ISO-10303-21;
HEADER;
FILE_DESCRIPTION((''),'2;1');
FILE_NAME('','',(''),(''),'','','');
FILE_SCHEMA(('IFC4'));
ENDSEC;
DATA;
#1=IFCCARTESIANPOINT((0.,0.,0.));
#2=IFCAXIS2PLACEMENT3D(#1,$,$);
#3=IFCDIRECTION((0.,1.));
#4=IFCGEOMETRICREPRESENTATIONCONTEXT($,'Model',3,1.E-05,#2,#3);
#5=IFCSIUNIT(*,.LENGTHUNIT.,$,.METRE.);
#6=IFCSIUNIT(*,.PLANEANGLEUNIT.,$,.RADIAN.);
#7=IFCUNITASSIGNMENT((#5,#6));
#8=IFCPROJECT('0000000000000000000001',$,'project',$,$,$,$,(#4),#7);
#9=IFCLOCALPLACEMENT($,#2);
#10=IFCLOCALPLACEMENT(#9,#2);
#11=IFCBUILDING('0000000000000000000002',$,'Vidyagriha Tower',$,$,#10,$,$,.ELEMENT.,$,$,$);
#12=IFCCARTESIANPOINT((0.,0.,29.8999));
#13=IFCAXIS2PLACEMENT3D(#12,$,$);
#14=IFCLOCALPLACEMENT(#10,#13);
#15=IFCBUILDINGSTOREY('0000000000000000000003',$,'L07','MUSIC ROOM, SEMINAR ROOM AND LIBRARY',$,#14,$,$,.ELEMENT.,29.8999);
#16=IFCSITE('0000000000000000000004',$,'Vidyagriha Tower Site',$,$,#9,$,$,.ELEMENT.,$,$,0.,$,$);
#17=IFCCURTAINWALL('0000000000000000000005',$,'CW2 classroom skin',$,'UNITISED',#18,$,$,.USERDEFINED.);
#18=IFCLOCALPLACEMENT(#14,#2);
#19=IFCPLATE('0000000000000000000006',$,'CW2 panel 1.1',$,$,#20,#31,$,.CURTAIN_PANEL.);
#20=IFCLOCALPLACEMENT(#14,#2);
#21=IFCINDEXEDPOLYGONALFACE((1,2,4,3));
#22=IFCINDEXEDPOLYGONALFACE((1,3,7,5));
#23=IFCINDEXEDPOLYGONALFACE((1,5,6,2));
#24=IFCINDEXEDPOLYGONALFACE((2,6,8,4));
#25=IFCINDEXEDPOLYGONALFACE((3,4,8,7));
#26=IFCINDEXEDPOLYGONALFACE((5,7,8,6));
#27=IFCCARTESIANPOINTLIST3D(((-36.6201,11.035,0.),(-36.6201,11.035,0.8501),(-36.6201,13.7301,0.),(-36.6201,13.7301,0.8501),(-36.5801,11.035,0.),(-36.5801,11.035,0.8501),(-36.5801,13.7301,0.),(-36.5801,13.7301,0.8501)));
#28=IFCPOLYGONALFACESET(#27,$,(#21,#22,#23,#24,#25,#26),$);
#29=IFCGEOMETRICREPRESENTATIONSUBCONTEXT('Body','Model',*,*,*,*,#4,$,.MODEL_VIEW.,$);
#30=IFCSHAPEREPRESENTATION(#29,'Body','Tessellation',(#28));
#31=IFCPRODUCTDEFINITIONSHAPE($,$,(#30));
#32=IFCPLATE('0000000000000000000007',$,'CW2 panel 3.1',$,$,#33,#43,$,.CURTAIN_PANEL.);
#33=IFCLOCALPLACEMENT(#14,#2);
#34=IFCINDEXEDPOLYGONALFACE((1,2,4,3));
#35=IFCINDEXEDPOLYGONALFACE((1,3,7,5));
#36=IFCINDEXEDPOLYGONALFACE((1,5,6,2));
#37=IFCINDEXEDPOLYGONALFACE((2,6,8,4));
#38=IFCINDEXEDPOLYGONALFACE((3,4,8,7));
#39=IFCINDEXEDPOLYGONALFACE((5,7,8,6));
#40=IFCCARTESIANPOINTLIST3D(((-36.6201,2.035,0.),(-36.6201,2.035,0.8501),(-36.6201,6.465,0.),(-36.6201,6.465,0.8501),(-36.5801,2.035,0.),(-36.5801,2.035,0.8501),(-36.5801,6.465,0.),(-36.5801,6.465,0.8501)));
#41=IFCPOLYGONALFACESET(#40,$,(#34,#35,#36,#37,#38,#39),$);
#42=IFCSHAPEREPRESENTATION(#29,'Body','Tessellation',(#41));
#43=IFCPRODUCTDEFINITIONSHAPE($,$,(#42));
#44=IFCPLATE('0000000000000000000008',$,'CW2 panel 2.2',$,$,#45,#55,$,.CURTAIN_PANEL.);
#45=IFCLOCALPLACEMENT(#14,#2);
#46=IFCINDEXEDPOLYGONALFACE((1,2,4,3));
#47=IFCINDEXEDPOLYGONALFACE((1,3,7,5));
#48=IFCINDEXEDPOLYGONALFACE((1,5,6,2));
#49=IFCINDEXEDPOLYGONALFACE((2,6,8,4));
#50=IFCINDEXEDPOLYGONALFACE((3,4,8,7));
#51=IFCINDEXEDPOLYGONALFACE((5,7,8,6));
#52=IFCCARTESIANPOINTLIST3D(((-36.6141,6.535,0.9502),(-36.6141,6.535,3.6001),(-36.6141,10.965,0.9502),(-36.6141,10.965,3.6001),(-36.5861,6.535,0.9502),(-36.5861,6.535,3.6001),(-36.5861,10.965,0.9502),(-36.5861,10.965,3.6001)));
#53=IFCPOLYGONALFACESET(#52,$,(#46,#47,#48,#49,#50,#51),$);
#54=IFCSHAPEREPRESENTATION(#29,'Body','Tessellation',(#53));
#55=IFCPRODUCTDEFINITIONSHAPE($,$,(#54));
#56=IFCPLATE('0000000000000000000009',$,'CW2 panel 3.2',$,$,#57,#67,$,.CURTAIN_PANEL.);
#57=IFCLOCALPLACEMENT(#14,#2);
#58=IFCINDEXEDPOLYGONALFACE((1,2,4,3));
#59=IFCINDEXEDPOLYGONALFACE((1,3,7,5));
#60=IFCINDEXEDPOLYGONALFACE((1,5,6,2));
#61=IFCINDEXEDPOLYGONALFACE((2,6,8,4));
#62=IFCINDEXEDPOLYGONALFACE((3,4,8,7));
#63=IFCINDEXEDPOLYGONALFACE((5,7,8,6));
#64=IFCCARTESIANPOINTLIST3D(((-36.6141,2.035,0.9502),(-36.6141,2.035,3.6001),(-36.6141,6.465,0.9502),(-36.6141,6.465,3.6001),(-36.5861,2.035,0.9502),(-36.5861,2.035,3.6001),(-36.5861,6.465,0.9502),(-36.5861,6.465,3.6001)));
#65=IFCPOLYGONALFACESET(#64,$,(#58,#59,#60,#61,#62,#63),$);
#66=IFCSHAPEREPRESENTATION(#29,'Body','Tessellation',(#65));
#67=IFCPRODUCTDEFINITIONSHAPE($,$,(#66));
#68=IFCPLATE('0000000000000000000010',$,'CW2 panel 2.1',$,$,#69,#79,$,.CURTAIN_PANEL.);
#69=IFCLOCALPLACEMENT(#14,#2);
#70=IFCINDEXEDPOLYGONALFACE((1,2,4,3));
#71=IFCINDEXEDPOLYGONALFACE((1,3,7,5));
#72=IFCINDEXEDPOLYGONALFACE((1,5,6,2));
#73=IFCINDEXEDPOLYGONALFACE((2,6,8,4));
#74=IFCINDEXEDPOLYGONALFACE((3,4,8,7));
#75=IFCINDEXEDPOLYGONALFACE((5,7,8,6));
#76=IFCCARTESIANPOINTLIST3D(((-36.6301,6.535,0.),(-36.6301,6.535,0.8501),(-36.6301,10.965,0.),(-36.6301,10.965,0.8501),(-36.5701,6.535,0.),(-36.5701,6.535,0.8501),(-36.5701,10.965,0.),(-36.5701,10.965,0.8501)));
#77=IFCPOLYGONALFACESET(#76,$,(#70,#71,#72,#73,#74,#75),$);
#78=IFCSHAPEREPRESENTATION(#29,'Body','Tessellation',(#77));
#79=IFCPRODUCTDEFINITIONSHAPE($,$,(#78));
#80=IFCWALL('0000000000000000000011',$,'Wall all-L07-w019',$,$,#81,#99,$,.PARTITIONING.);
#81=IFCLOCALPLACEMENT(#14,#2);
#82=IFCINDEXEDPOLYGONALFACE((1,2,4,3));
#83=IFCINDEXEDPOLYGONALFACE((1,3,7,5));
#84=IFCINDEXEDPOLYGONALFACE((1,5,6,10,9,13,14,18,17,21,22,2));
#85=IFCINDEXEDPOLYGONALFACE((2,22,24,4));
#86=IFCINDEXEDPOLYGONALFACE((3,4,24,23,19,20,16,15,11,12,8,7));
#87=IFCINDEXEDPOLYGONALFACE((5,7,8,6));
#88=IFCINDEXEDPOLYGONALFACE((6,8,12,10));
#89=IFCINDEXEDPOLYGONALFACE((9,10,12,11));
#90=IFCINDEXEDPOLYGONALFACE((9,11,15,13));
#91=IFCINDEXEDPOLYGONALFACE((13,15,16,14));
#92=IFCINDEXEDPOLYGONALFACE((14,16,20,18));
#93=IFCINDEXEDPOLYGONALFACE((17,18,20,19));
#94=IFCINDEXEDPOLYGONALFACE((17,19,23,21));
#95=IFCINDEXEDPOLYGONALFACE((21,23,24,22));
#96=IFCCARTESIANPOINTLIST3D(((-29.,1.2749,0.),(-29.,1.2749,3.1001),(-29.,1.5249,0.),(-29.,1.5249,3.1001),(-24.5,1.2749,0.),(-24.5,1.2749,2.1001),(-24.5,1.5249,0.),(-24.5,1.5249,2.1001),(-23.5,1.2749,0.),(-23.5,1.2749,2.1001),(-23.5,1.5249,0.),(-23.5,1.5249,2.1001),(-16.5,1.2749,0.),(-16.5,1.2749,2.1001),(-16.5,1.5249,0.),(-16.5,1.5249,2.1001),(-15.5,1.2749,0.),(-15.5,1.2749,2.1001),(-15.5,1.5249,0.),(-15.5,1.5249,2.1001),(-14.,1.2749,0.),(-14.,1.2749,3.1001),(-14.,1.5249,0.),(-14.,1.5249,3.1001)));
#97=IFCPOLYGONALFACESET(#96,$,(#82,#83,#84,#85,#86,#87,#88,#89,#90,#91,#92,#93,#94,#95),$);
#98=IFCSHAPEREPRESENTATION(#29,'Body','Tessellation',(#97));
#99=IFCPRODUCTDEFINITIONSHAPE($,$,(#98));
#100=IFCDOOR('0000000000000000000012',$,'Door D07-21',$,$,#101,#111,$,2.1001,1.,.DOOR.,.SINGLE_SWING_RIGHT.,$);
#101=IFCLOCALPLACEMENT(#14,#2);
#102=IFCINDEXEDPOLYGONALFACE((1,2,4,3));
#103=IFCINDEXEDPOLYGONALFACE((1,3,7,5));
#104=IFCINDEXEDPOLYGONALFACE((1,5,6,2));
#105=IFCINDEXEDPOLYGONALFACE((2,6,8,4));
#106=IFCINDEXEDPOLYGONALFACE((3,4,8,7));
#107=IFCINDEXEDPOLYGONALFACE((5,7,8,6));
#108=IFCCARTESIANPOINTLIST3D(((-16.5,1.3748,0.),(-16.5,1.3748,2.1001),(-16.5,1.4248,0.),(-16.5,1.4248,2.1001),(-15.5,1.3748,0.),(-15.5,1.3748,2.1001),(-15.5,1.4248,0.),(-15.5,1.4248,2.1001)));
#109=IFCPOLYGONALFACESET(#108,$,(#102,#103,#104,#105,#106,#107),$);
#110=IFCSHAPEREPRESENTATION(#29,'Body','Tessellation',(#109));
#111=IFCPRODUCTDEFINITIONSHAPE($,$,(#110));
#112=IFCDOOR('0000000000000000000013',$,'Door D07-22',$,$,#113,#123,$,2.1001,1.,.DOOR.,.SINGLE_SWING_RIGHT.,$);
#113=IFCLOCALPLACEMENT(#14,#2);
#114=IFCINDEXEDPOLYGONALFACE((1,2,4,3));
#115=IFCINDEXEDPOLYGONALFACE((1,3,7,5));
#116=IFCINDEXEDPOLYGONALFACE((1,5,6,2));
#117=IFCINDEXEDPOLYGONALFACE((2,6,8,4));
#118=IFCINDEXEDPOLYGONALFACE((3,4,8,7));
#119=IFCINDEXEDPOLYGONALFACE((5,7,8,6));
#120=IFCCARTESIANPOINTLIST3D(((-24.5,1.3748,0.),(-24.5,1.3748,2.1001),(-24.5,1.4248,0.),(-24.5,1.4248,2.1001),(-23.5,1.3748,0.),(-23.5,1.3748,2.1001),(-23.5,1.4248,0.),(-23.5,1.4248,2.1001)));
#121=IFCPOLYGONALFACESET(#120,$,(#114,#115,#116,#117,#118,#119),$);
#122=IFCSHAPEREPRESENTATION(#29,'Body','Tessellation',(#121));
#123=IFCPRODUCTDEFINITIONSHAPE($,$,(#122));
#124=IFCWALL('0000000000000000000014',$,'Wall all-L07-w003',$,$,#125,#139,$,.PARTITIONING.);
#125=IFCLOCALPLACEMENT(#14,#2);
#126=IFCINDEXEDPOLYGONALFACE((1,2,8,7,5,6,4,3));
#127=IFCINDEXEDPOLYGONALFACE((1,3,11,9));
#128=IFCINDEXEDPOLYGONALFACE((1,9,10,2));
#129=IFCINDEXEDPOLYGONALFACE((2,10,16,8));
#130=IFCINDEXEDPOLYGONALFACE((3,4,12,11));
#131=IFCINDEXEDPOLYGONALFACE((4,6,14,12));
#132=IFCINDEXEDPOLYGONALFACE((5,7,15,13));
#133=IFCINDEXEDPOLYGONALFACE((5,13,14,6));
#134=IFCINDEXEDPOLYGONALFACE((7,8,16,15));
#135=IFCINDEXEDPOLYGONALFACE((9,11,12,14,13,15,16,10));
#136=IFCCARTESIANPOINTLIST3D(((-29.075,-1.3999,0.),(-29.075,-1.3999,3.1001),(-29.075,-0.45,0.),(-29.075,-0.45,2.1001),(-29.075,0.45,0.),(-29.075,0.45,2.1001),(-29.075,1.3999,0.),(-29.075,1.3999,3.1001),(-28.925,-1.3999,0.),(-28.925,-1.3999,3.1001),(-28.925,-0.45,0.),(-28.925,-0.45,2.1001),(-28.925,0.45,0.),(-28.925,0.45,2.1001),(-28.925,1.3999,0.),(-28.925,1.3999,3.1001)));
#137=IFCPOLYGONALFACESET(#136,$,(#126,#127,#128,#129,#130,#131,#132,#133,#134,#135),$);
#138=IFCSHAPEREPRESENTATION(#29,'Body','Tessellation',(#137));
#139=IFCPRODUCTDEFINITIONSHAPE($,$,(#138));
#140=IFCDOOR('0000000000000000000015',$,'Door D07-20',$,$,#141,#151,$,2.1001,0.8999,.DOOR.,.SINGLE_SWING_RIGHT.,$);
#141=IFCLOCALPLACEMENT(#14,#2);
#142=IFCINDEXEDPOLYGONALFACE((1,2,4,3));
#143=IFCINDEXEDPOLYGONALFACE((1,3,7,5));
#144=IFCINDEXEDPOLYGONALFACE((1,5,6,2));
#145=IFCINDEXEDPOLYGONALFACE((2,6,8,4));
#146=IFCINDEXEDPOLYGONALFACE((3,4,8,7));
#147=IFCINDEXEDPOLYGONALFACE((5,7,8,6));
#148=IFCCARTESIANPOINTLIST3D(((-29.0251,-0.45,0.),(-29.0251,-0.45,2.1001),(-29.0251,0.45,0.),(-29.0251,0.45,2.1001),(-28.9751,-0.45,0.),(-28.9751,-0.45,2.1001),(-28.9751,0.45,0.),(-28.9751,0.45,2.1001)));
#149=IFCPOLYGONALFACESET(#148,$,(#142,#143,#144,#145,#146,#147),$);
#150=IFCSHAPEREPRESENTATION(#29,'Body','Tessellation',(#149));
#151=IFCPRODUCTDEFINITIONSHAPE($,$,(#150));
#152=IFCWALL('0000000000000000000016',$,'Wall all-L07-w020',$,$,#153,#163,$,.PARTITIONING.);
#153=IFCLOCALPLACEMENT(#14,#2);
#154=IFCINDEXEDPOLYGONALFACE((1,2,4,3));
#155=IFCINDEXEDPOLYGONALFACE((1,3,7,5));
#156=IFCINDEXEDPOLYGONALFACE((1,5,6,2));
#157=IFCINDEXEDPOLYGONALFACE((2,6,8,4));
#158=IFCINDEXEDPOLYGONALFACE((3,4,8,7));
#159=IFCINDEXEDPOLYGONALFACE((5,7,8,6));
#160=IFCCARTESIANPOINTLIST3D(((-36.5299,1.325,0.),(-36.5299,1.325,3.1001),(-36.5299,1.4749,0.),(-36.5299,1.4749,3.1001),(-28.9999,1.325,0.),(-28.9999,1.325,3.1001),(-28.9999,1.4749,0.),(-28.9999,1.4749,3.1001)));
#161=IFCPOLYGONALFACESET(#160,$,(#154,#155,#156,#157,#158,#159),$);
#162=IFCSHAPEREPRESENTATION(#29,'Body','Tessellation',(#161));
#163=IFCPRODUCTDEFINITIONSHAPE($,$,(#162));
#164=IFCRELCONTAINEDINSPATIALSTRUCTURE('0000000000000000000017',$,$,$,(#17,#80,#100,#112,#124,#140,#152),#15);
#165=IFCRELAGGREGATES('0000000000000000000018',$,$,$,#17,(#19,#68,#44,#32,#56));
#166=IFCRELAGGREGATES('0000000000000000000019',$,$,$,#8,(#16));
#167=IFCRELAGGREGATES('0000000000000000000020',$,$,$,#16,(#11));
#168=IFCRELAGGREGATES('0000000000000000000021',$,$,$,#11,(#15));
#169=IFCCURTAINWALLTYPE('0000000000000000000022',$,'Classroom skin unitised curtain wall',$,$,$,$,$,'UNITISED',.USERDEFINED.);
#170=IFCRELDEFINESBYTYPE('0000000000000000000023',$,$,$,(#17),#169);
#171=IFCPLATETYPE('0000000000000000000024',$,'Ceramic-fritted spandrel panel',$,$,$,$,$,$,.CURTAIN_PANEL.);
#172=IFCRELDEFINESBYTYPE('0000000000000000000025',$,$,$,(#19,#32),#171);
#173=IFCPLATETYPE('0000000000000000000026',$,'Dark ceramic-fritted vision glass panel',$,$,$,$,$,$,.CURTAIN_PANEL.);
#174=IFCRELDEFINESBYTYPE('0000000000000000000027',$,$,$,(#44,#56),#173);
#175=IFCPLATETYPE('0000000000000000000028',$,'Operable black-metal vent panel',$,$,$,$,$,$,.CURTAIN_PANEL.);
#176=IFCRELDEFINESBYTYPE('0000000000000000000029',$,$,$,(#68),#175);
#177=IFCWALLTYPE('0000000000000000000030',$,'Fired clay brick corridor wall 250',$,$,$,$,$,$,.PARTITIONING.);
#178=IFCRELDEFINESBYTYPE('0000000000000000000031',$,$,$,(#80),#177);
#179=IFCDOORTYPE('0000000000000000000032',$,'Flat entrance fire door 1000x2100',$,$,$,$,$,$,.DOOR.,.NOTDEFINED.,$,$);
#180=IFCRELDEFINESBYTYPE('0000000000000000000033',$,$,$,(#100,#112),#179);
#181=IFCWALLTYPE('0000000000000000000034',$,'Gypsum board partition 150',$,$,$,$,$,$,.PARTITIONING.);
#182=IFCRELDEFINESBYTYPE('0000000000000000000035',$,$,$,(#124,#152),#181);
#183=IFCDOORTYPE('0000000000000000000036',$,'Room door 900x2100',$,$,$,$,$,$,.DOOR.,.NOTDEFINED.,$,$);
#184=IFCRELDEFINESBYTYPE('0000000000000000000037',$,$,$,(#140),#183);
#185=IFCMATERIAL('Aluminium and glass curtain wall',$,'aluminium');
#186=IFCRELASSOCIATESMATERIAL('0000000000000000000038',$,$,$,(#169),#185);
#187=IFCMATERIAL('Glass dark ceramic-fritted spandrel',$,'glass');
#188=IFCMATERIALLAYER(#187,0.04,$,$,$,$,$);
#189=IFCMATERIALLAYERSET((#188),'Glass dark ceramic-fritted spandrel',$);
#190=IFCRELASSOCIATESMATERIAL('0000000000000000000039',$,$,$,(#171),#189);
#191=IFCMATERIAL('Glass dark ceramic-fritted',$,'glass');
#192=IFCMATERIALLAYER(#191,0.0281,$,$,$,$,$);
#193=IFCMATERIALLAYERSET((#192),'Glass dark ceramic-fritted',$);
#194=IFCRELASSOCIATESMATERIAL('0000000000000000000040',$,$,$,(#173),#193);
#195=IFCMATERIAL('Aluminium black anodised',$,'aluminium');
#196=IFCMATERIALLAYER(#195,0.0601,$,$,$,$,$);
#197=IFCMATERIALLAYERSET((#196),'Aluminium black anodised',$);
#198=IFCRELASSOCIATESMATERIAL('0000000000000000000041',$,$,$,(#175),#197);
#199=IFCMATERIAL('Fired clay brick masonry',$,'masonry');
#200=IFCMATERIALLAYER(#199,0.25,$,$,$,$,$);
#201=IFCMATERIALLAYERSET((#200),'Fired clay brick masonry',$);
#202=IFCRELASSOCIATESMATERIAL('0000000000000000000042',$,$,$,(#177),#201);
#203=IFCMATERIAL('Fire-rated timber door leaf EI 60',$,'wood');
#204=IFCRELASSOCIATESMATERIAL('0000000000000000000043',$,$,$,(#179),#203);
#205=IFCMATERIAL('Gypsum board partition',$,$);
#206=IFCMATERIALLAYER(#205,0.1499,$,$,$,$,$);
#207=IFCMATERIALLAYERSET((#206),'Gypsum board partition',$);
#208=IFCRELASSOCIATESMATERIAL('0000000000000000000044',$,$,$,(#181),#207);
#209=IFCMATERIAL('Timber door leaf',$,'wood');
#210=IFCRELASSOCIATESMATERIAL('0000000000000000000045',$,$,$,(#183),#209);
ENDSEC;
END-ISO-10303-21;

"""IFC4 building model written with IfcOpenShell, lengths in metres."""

from ifc_helpers import new_model, si_unit, direction, frame, frame_2d, origin, origin_2d, place, context, subcontext, project, spatial, rectangle, extrude, material, layer, layer_set, type_object, element, fill, aggregate, save


model = new_model("IFC4")

# Units and contexts
model_context = context("Model", 3, precision=1e-05, world=origin(), true_north=direction((0.0, 1.0)))
body_context = subcontext(model_context, "Body", "Model", "MODEL_VIEW")
ifc_project = project(units=[si_unit("LENGTHUNIT", "METRE"), si_unit("PLANEANGLEUNIT", "RADIAN")], contexts=[model_context])

# Site, building, storey
site_placement = place(None, origin())
site = spatial("IfcSite", under=ifc_project, at=site_placement, Name="Vidyagriha Tower Site", CompositionType="ELEMENT", RefElevation=0.0)
building_placement = place(site_placement, origin())
building = spatial("IfcBuilding", under=site, at=building_placement, Name="Vidyagriha Tower", CompositionType="ELEMENT")
storey_placement = place(building_placement, frame((0.0, 0.0, 29.8999)))
storey = spatial("IfcBuildingStorey", under=building, at=storey_placement, Name="L07", Description="MUSIC ROOM, SEMINAR ROOM AND LIBRARY", CompositionType="ELEMENT", Elevation=29.8999)

# Curtain wall, plates
ifc_material_1 = material(Name="Aluminium and glass curtain wall", Category="aluminium")
curtain_wall_type = type_object("IfcCurtainWallType", Name="Classroom skin unitised curtain wall", ElementType="UNITISED", PredefinedType="USERDEFINED", material=ifc_material_1)
curtain_wall_placement = place(storey_placement, origin())
curtain_wall = element("IfcCurtainWall", 1, at=curtain_wall_placement, inside=storey, type_object=curtain_wall_type, Name="CW2 classroom skin", ObjectType="UNITISED", PredefinedType="USERDEFINED")
ifc_material_2 = material(Name="Glass dark ceramic-fritted spandrel", Category="glass")
ifc_layer_1 = layer(ifc_material_2, 0.04)
ifc_layer_set_1 = layer_set([ifc_layer_1], Name="Glass dark ceramic-fritted spandrel")
plate_type_1 = type_object("IfcPlateType", Name="Ceramic-fritted spandrel panel", PredefinedType="CURTAIN_PANEL", material=ifc_layer_set_1)
plate_1_placement = place(storey_placement, frame((-36.6001, 12.3826, 0.0), z_axis=(0.0, 0.0, 1.0), x_axis=(0.0, -1.0, 0.0)))
plate_1 = element("IfcPlate", 2, at=plate_1_placement, type_object=plate_type_1, Name="CW2 panel 1.1", PredefinedType="CURTAIN_PANEL", context=body_context, shape_type="SweptSolid", body=[
    extrude(rectangle(XDim=2.6951, YDim=0.04, at=origin_2d()), origin(), (0.0, 0.0, 1.0), 0.8501),
])
plate_2_placement = place(storey_placement, frame((-36.6001, 4.25, 0.0), z_axis=(0.0, 0.0, 1.0), x_axis=(0.0, -1.0, 0.0)))
plate_2 = element("IfcPlate", 3, at=plate_2_placement, type_object=plate_type_1, Name="CW2 panel 3.1", PredefinedType="CURTAIN_PANEL", context=body_context, shape_type="SweptSolid", body=[
    extrude(rectangle(XDim=4.4299, YDim=0.04, at=origin_2d()), origin(), (0.0, 0.0, 1.0), 0.8501),
])
ifc_material_3 = material(Name="Glass dark ceramic-fritted", Category="glass")
ifc_layer_2 = layer(ifc_material_3, 0.0281)
ifc_layer_set_2 = layer_set([ifc_layer_2], Name="Glass dark ceramic-fritted")
plate_type_2 = type_object("IfcPlateType", Name="Dark ceramic-fritted vision glass panel", PredefinedType="CURTAIN_PANEL", material=ifc_layer_set_2)
plate_3_placement = place(storey_placement, frame((-36.6001, 8.75, 0.9502), z_axis=(0.0, 0.0, 1.0), x_axis=(0.0, -1.0, 0.0)))
plate_3 = element("IfcPlate", 4, at=plate_3_placement, type_object=plate_type_2, Name="CW2 panel 2.2", PredefinedType="CURTAIN_PANEL", context=body_context, shape_type="SweptSolid", body=[
    extrude(rectangle(XDim=4.4299, YDim=0.0281, at=origin_2d()), origin(), (0.0, 0.0, 1.0), 2.6499),
])
plate_4_placement = place(storey_placement, frame((-36.6001, 4.25, 0.9502), z_axis=(0.0, 0.0, 1.0), x_axis=(0.0, -1.0, 0.0)))
plate_4 = element("IfcPlate", 5, at=plate_4_placement, type_object=plate_type_2, Name="CW2 panel 3.2", PredefinedType="CURTAIN_PANEL", context=body_context, shape_type="SweptSolid", body=[
    extrude(rectangle(XDim=4.4299, YDim=0.0281, at=origin_2d()), origin(), (0.0, 0.0, 1.0), 2.6499),
])
ifc_material_4 = material(Name="Aluminium black anodised", Category="aluminium")
ifc_layer_3 = layer(ifc_material_4, 0.0601)
ifc_layer_set_3 = layer_set([ifc_layer_3], Name="Aluminium black anodised")
plate_type_3 = type_object("IfcPlateType", Name="Operable black-metal vent panel", PredefinedType="CURTAIN_PANEL", material=ifc_layer_set_3)
plate_5_placement = place(storey_placement, frame((-36.6001, 8.75, 0.0), z_axis=(0.0, 0.0, 1.0), x_axis=(0.0, -1.0, 0.0)))
plate_5 = element("IfcPlate", 6, at=plate_5_placement, type_object=plate_type_3, Name="CW2 panel 2.1", PredefinedType="CURTAIN_PANEL", context=body_context, shape_type="SweptSolid", body=[
    extrude(rectangle(XDim=4.4299, YDim=0.0601, at=origin_2d()), origin(), (0.0, 0.0, 1.0), 0.8501),
])
aggregate(curtain_wall, [plate_1, plate_5, plate_3, plate_2, plate_4])

# Wall, openings, doors
ifc_material_5 = material(Name="Fired clay brick masonry", Category="masonry")
ifc_layer_4 = layer(ifc_material_5, 0.25)
ifc_layer_set_4 = layer_set([ifc_layer_4], Name="Fired clay brick masonry")
wall_type_1 = type_object("IfcWallType", Name="Fired clay brick corridor wall 250", PredefinedType="PARTITIONING", material=ifc_layer_set_4)
wall_1_placement = place(storey_placement, frame((-29.0, 1.3999, 0.0)))
wall_1 = element("IfcWall", 7, at=wall_1_placement, inside=storey, type_object=wall_type_1, Name="Wall all-L07-w019", PredefinedType="PARTITIONING", context=body_context, shape_type="SweptSolid", body=[
    extrude(rectangle(XDim=15.0, YDim=0.25, at=frame_2d((7.5, 0.0))), origin(), (0.0, 0.0, 1.0), 3.1001),
])
opening_1_placement = place(wall_1_placement, frame((12.5, 0.0, 0.0)))
opening_1 = element("IfcOpeningElement", 8, at=opening_1_placement, cuts=wall_1, PredefinedType="OPENING", context=body_context, shape_type="SweptSolid", body=[
    extrude(rectangle(XDim=1.0, YDim=2.1001, at=frame_2d((0.5, 1.05))), frame((0.0, 0.135, 0.0), z_axis=(0.0, -1.0, 0.0), x_axis=(1.0, 0.0, 0.0)), (0.0, 0.0, 1.0), 0.27),
])
opening_2_placement = place(wall_1_placement, frame((4.5, 0.0, 0.0)))
opening_2 = element("IfcOpeningElement", 9, at=opening_2_placement, cuts=wall_1, PredefinedType="OPENING", context=body_context, shape_type="SweptSolid", body=[
    extrude(rectangle(XDim=1.0, YDim=2.1001, at=frame_2d((0.5, 1.05))), frame((0.0, 0.135, 0.0), z_axis=(0.0, -1.0, 0.0), x_axis=(1.0, 0.0, 0.0)), (0.0, 0.0, 1.0), 0.27),
])
ifc_material_6 = material(Name="Fire-rated timber door leaf EI 60", Category="wood")
door_type_1 = type_object("IfcDoorType", Name="Flat entrance fire door 1000x2100", OperationType="NOTDEFINED", PredefinedType="DOOR", material=ifc_material_6)
door_1_placement = place(opening_1_placement, origin())
door_1 = element("IfcDoor", 10, at=door_1_placement, inside=storey, type_object=door_type_1, Name="Door D07-21", OperationType="SINGLE_SWING_RIGHT", OverallHeight=2.1001, OverallWidth=1.0, PredefinedType="DOOR", context=body_context, shape_type="SweptSolid", body=[
    extrude(rectangle(XDim=1.0, YDim=2.1001, at=frame_2d((0.5, 1.05))), frame((0.0, 0.0249, 0.0), z_axis=(0.0, -1.0, 0.0), x_axis=(1.0, 0.0, 0.0)), (0.0, 0.0, 1.0), 0.05),
])
fill(opening_1, door_1)
door_2_placement = place(opening_2_placement, origin())
door_2 = element("IfcDoor", 11, at=door_2_placement, inside=storey, type_object=door_type_1, Name="Door D07-22", OperationType="SINGLE_SWING_RIGHT", OverallHeight=2.1001, OverallWidth=1.0, PredefinedType="DOOR", context=body_context, shape_type="SweptSolid", body=[
    extrude(rectangle(XDim=1.0, YDim=2.1001, at=frame_2d((0.5, 1.05))), frame((0.0, 0.0249, 0.0), z_axis=(0.0, -1.0, 0.0), x_axis=(1.0, 0.0, 0.0)), (0.0, 0.0, 1.0), 0.05),
])
fill(opening_2, door_2)

# Wall, opening, door
ifc_material_7 = material(Name="Gypsum board partition")
ifc_layer_5 = layer(ifc_material_7, 0.1499)
ifc_layer_set_5 = layer_set([ifc_layer_5], Name="Gypsum board partition")
wall_type_2 = type_object("IfcWallType", Name="Gypsum board partition 150", PredefinedType="PARTITIONING", material=ifc_layer_set_5)
wall_2_placement = place(storey_placement, frame((-29.0, 1.3999, 0.0), z_axis=(0.0, 0.0, 1.0), x_axis=(0.0, -1.0, 0.0)))
wall_2 = element("IfcWall", 12, at=wall_2_placement, inside=storey, type_object=wall_type_2, Name="Wall all-L07-w003", PredefinedType="PARTITIONING", context=body_context, shape_type="SweptSolid", body=[
    extrude(rectangle(XDim=2.7998, YDim=0.1499, at=frame_2d((1.3999, 0.0))), origin(), (0.0, 0.0, 1.0), 3.1001),
])
opening_3_placement = place(wall_2_placement, frame((0.95, 0.0, 0.0)))
opening_3 = element("IfcOpeningElement", 13, at=opening_3_placement, cuts=wall_2, PredefinedType="OPENING", context=body_context, shape_type="SweptSolid", body=[
    extrude(rectangle(XDim=0.8999, YDim=2.1001, at=frame_2d((0.45, 1.05))), frame((0.0, 0.085, 0.0), z_axis=(0.0, -1.0, 0.0), x_axis=(1.0, 0.0, 0.0)), (0.0, 0.0, 1.0), 0.1699),
])
ifc_material_8 = material(Name="Timber door leaf", Category="wood")
door_type_2 = type_object("IfcDoorType", Name="Room door 900x2100", OperationType="NOTDEFINED", PredefinedType="DOOR", material=ifc_material_8)
door_3_placement = place(opening_3_placement, origin())
door_3 = element("IfcDoor", 14, at=door_3_placement, inside=storey, type_object=door_type_2, Name="Door D07-20", OperationType="SINGLE_SWING_RIGHT", OverallHeight=2.1001, OverallWidth=0.8999, PredefinedType="DOOR", context=body_context, shape_type="SweptSolid", body=[
    extrude(rectangle(XDim=0.8999, YDim=2.1001, at=frame_2d((0.45, 1.05))), frame((0.0, 0.0249, 0.0), z_axis=(0.0, -1.0, 0.0), x_axis=(1.0, 0.0, 0.0)), (0.0, 0.0, 1.0), 0.05),
])
fill(opening_3, door_3)

# Wall
wall_3_placement = place(storey_placement, frame((-36.53, 1.3999, 0.0)))
element("IfcWall", 15, at=wall_3_placement, inside=storey, type_object=wall_type_2, Name="Wall all-L07-w020", PredefinedType="PARTITIONING", context=body_context, shape_type="SweptSolid", body=[
    extrude(rectangle(XDim=7.53, YDim=0.1499, at=frame_2d((3.7651, 0.0))), origin(), (0.0, 0.0, 1.0), 3.1001),
])

save(model, "model.ifc")
